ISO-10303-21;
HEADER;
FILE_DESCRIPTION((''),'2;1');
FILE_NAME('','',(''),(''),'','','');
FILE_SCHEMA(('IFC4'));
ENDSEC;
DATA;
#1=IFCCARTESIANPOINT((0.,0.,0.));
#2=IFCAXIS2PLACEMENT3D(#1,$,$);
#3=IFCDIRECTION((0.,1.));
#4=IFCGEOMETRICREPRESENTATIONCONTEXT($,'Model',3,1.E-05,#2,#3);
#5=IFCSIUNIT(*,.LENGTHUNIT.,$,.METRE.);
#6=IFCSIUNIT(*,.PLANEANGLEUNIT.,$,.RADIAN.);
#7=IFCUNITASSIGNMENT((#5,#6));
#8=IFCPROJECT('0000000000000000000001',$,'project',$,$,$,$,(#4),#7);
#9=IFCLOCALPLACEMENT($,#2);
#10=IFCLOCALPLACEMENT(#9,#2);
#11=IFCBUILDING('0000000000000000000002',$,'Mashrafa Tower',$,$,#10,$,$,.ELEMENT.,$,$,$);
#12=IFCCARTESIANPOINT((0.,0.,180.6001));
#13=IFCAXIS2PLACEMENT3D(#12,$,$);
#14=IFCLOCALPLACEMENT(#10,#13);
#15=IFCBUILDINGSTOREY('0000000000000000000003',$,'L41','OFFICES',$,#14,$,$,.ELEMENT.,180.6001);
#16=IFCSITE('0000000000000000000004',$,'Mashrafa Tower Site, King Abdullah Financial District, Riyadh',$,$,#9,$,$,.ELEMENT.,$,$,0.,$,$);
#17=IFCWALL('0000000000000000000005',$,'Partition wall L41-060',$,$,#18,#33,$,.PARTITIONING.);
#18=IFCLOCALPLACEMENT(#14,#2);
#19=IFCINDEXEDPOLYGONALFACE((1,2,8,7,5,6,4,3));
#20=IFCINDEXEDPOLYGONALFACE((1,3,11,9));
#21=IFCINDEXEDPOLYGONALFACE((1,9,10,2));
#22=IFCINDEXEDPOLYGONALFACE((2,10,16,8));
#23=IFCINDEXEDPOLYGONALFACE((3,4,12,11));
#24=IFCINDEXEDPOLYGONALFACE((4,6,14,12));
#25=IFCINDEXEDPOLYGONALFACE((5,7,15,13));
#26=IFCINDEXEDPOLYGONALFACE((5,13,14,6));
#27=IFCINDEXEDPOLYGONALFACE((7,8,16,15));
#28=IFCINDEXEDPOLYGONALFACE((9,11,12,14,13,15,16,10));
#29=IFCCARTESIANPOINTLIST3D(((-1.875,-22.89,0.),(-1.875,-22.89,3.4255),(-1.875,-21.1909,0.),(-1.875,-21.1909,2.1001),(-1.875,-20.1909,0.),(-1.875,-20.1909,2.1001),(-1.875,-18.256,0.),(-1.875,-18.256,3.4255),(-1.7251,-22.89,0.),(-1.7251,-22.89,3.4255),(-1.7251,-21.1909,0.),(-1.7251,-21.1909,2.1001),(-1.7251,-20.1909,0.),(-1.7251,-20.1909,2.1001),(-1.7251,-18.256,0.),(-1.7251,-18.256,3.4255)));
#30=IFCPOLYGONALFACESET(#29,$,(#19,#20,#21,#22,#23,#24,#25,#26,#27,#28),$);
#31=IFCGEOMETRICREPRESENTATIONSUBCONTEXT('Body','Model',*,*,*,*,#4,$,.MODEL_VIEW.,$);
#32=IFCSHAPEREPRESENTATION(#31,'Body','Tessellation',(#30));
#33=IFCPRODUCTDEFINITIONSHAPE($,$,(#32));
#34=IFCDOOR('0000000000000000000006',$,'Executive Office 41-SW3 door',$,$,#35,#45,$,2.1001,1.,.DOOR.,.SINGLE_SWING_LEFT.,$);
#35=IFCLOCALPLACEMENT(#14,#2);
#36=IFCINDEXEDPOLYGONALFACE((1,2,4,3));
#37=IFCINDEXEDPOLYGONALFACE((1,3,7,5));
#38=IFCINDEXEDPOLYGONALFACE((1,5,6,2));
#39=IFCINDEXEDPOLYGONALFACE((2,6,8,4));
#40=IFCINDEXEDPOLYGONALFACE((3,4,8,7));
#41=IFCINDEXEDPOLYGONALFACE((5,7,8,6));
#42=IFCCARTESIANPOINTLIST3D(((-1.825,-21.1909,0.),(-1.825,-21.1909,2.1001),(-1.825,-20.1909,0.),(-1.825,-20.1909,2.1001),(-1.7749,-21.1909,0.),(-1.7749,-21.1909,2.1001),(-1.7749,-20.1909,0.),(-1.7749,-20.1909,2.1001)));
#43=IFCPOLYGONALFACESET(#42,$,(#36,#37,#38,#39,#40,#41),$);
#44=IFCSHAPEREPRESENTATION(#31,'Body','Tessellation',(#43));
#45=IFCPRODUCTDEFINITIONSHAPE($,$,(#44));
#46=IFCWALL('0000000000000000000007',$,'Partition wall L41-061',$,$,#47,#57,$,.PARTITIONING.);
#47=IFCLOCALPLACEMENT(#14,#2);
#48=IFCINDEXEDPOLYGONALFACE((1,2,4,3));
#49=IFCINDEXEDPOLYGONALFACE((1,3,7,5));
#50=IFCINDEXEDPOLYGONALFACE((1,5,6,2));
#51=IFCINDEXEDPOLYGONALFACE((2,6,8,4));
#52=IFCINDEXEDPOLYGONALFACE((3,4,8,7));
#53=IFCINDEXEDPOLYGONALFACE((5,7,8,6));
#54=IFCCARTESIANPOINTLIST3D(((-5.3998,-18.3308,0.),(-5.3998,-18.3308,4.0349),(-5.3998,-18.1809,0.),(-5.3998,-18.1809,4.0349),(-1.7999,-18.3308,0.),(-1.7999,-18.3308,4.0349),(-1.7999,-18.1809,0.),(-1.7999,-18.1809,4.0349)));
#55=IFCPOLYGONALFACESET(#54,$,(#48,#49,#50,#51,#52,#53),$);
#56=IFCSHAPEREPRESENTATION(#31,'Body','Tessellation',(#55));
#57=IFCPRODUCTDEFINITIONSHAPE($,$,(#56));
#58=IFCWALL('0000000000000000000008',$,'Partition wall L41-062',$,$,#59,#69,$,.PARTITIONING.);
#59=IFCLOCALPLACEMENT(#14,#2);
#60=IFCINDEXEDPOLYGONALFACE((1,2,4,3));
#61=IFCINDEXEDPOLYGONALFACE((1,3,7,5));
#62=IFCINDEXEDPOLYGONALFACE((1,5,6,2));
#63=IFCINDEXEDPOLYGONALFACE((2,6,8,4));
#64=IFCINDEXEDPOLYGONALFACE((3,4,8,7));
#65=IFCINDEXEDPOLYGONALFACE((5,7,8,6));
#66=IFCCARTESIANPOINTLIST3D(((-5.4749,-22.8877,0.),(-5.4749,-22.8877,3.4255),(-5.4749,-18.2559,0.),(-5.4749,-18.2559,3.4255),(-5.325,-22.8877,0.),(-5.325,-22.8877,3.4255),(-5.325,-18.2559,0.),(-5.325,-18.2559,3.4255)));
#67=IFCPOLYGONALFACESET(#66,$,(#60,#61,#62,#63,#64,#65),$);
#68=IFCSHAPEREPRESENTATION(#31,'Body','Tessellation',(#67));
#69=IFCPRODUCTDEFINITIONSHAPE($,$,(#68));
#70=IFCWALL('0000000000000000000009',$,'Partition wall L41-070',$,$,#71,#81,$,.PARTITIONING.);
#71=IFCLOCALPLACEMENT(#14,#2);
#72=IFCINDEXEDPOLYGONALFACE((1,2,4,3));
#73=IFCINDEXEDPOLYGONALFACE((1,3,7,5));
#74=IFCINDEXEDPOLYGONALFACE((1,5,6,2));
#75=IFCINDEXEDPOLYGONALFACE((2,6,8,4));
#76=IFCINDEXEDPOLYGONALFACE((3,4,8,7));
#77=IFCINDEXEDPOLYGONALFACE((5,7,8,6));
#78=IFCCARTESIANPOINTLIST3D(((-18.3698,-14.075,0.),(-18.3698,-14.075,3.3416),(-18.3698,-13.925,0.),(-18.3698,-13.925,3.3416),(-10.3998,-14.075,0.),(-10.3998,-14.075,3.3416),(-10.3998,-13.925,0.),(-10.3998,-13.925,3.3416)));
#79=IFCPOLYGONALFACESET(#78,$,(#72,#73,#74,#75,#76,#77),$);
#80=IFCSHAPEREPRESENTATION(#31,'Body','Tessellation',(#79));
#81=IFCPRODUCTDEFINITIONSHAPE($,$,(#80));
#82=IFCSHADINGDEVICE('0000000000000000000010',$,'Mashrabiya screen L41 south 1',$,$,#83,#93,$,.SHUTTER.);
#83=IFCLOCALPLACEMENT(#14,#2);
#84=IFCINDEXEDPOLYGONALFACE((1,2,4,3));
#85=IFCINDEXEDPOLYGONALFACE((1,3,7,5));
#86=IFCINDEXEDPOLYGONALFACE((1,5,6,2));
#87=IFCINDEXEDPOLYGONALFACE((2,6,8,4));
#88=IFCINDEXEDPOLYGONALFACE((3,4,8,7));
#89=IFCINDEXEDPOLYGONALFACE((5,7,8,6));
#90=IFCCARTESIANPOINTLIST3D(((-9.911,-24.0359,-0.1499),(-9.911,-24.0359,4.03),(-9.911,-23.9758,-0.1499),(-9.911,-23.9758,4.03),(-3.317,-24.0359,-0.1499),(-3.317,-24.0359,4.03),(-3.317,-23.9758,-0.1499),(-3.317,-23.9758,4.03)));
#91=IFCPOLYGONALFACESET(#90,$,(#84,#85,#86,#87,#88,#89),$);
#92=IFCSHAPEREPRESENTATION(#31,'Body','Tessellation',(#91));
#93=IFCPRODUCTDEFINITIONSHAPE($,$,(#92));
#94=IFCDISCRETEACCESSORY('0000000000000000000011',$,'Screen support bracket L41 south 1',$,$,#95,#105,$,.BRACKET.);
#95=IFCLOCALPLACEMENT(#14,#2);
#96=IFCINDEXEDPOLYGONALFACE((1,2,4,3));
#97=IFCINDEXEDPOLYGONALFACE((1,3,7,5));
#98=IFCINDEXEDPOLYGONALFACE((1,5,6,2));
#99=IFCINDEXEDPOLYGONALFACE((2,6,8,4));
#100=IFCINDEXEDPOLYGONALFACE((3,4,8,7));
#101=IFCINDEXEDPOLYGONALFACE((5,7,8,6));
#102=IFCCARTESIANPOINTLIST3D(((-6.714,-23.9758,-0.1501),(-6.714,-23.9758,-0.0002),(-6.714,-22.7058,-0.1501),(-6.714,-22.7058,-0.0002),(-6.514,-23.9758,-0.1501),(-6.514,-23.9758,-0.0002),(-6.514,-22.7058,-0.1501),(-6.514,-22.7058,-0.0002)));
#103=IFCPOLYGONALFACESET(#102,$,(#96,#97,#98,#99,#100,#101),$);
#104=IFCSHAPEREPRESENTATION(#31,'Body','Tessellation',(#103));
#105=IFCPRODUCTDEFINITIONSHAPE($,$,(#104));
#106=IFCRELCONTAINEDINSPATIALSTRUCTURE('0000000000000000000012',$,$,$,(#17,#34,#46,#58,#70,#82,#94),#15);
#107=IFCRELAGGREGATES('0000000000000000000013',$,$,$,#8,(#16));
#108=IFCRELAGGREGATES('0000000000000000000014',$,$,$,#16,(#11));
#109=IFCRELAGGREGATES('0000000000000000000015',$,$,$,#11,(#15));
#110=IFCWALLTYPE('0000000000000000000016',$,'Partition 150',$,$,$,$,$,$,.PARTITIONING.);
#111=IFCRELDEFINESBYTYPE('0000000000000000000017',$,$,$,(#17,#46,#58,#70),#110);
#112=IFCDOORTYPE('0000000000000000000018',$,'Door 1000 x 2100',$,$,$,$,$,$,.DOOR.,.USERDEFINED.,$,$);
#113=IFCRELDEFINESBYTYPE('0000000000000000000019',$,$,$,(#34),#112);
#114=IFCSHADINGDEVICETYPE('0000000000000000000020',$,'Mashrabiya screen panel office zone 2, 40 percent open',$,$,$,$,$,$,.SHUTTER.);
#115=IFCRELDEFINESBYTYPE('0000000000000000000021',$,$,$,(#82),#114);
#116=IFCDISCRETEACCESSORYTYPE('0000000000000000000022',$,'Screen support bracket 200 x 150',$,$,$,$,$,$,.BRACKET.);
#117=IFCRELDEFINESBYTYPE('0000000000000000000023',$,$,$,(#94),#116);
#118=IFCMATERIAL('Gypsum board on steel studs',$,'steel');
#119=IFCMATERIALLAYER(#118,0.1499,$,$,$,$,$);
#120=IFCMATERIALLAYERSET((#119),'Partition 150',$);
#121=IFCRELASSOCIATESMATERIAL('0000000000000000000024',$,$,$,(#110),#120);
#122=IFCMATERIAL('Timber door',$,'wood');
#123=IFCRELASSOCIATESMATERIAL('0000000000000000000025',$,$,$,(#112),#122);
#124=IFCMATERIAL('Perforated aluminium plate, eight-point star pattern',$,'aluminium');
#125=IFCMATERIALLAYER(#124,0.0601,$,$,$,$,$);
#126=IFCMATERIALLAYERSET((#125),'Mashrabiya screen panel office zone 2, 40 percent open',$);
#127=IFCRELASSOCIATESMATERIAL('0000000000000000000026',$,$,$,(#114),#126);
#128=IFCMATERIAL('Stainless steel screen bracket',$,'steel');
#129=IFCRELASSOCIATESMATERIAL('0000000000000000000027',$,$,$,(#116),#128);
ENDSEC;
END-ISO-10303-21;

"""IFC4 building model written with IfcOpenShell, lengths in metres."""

from ifc_helpers import new_model, si_unit, direction, frame, frame_2d, origin, origin_2d, place, context, subcontext, project, spatial, rectangle, extrude, source, transform, mapped, material, layer, layer_set, type_object, type_shapes, element, fill, save


model = new_model("IFC4")

# Units and contexts
model_context = context("Model", 3, precision=1e-05, world=origin(), true_north=direction((0.0, 1.0)))
body_context = subcontext(model_context, "Body", "Model", "MODEL_VIEW")
ifc_project = project(units=[si_unit("LENGTHUNIT", "METRE"), si_unit("PLANEANGLEUNIT", "RADIAN")], contexts=[model_context])

# Site, building, storey
site_placement = place(None, origin())
site = spatial("IfcSite", under=ifc_project, at=site_placement, Name="Mashrafa Tower Site, King Abdullah Financial District, Riyadh", CompositionType="ELEMENT", RefElevation=0.0)
building_placement = place(site_placement, origin())
building = spatial("IfcBuilding", under=site, at=building_placement, Name="Mashrafa Tower", CompositionType="ELEMENT")
storey_placement = place(building_placement, frame((0.0, 0.0, 180.6001)))
storey = spatial("IfcBuildingStorey", under=building, at=storey_placement, Name="L41", Description="OFFICES", CompositionType="ELEMENT", Elevation=180.6001)

# Shared definitions
ifc_material_1 = material(Name="Gypsum board on steel studs", Category="steel")
ifc_layer_1 = layer(ifc_material_1, 0.1499)
ifc_layer_set_1 = layer_set([ifc_layer_1], Name="Partition 150")
wall_type = type_object("IfcWallType", Name="Partition 150", PredefinedType="PARTITIONING", material=ifc_layer_set_1)

# Wall, opening, door
wall_1_placement = place(storey_placement, frame((-1.8, -22.8899, 0.0), z_axis=(0.0, 0.0, 1.0), x_axis=(0.0, 1.0, 0.0)))
wall_1 = element("IfcWall", 1, at=wall_1_placement, inside=storey, type_object=wall_type, Name="Partition wall L41-060", PredefinedType="PARTITIONING", context=body_context, shape_type="SweptSolid", body=[
    extrude(rectangle(XDim=4.634, YDim=0.1499, at=frame_2d((2.3169, 0.0))), origin(), (0.0, 0.0, 1.0), 3.4255),
])
opening_placement = place(wall_1_placement, frame((1.699, 0.0, 0.0)))
opening = element("IfcOpeningElement", 2, at=opening_placement, cuts=wall_1, PredefinedType="OPENING", context=body_context, shape_type="SweptSolid", body=[
    extrude(rectangle(XDim=1.0, YDim=2.1001, at=frame_2d((0.5, 1.05))), frame((0.0, 0.085, 0.0), z_axis=(0.0, -1.0, 0.0), x_axis=(1.0, 0.0, 0.0)), (0.0, 0.0, 1.0), 0.1699),
])
ifc_material_2 = material(Name="Timber door", Category="wood")
door_type = type_object("IfcDoorType", Name="Door 1000 x 2100", OperationType="USERDEFINED", PredefinedType="DOOR", material=ifc_material_2)
door_placement = place(opening_placement, origin())
door = element("IfcDoor", 3, at=door_placement, inside=storey, type_object=door_type, Name="Executive Office 41-SW3 door", OperationType="SINGLE_SWING_LEFT", OverallHeight=2.1001, OverallWidth=1.0, PredefinedType="DOOR", context=body_context, shape_type="SweptSolid", body=[
    extrude(rectangle(XDim=1.0, YDim=2.1001, at=frame_2d((0.5, 1.05))), frame((0.0, 0.0249, 0.0), z_axis=(0.0, -1.0, 0.0), x_axis=(1.0, 0.0, 0.0)), (0.0, 0.0, 1.0), 0.05),
])
fill(opening, door)

# Walls
wall_2_placement = place(storey_placement, frame((-1.8, -18.2559, 0.0), z_axis=(0.0, 0.0, 1.0), x_axis=(-1.0, 0.0, 0.0)))
element("IfcWall", 4, at=wall_2_placement, inside=storey, type_object=wall_type, Name="Partition wall L41-061", PredefinedType="PARTITIONING", context=body_context, shape_type="SweptSolid", body=[
    extrude(rectangle(XDim=3.5999, YDim=0.1499, at=frame_2d((1.7998, 0.0))), origin(), (0.0, 0.0, 1.0), 4.0349),
])
wall_3_placement = place(storey_placement, frame((-5.3999, -18.2559, 0.0), z_axis=(0.0, 0.0, 1.0), x_axis=(0.0, -1.0, 0.0)))
element("IfcWall", 5, at=wall_3_placement, inside=storey, type_object=wall_type, Name="Partition wall L41-062", PredefinedType="PARTITIONING", context=body_context, shape_type="SweptSolid", body=[
    extrude(rectangle(XDim=4.6318, YDim=0.1499, at=frame_2d((2.3159, 0.0))), origin(), (0.0, 0.0, 1.0), 3.4255),
])
wall_4_placement = place(storey_placement, frame((-10.3999, -14.0, 0.0), z_axis=(0.0, 0.0, 1.0), x_axis=(-1.0, 0.0, 0.0)))
element("IfcWall", 6, at=wall_4_placement, inside=storey, type_object=wall_type, Name="Partition wall L41-070", PredefinedType="PARTITIONING", context=body_context, shape_type="SweptSolid", body=[
    extrude(rectangle(XDim=7.97, YDim=0.1499, at=frame_2d((3.9849, 0.0))), origin(), (0.0, 0.0, 1.0), 3.3416),
])

# Shading device
ifc_material_3 = material(Name="Perforated aluminium plate, eight-point star pattern", Category="aluminium")
ifc_layer_2 = layer(ifc_material_3, 0.0601)
ifc_layer_set_2 = layer_set([ifc_layer_2], Name="Mashrabiya screen panel office zone 2, 40 percent open")
shading_device_type = type_object("IfcShadingDeviceType", Name="Mashrabiya screen panel office zone 2, 40 percent open", PredefinedType="SHUTTER", material=ifc_layer_set_2)
shared_shape_1 = source(origin(), body_context, "Body", "SweptSolid", [
    extrude(rectangle(XDim=6.594, YDim=0.0601, at=origin_2d()), origin(), (0.0, 0.0, 1.0), 4.1799),
])
type_shapes(shading_device_type, [shared_shape_1])
shading_device_placement = place(storey_placement, frame((-6.614, -24.0059, -0.1499), z_axis=(0.0, 0.0, 1.0), x_axis=(1.0, 0.0, 0.0)))
element("IfcShadingDevice", 7, at=shading_device_placement, inside=storey, type_object=shading_device_type, Name="Mashrabiya screen L41 south 1", PredefinedType="SHUTTER", context=body_context, shape_type="MappedRepresentation", body=[
    mapped(shared_shape_1, transform((0.0, 0.0, 0.0))),
])

# Discrete accessory
ifc_material_4 = material(Name="Stainless steel screen bracket", Category="steel")
discrete_accessory_type = type_object("IfcDiscreteAccessoryType", Name="Screen support bracket 200 x 150", PredefinedType="BRACKET", material=ifc_material_4)
shared_shape_2 = source(origin(), body_context, "Body", "SweptSolid", [
    extrude(rectangle(XDim=0.2, YDim=1.27, at=origin_2d()), origin(), (0.0, 0.0, 1.0), 0.1499),
])
type_shapes(discrete_accessory_type, [shared_shape_2])
discrete_accessory_placement = place(storey_placement, frame((-6.614, -23.3408, -0.1501), z_axis=(0.0, 0.0, 1.0), x_axis=(1.0, 0.0, 0.0)))
element("IfcDiscreteAccessory", 8, at=discrete_accessory_placement, inside=storey, type_object=discrete_accessory_type, Name="Screen support bracket L41 south 1", PredefinedType="BRACKET", context=body_context, shape_type="MappedRepresentation", body=[
    mapped(shared_shape_2, transform((0.0, 0.0, 0.0))),
])

save(model, "model.ifc")
